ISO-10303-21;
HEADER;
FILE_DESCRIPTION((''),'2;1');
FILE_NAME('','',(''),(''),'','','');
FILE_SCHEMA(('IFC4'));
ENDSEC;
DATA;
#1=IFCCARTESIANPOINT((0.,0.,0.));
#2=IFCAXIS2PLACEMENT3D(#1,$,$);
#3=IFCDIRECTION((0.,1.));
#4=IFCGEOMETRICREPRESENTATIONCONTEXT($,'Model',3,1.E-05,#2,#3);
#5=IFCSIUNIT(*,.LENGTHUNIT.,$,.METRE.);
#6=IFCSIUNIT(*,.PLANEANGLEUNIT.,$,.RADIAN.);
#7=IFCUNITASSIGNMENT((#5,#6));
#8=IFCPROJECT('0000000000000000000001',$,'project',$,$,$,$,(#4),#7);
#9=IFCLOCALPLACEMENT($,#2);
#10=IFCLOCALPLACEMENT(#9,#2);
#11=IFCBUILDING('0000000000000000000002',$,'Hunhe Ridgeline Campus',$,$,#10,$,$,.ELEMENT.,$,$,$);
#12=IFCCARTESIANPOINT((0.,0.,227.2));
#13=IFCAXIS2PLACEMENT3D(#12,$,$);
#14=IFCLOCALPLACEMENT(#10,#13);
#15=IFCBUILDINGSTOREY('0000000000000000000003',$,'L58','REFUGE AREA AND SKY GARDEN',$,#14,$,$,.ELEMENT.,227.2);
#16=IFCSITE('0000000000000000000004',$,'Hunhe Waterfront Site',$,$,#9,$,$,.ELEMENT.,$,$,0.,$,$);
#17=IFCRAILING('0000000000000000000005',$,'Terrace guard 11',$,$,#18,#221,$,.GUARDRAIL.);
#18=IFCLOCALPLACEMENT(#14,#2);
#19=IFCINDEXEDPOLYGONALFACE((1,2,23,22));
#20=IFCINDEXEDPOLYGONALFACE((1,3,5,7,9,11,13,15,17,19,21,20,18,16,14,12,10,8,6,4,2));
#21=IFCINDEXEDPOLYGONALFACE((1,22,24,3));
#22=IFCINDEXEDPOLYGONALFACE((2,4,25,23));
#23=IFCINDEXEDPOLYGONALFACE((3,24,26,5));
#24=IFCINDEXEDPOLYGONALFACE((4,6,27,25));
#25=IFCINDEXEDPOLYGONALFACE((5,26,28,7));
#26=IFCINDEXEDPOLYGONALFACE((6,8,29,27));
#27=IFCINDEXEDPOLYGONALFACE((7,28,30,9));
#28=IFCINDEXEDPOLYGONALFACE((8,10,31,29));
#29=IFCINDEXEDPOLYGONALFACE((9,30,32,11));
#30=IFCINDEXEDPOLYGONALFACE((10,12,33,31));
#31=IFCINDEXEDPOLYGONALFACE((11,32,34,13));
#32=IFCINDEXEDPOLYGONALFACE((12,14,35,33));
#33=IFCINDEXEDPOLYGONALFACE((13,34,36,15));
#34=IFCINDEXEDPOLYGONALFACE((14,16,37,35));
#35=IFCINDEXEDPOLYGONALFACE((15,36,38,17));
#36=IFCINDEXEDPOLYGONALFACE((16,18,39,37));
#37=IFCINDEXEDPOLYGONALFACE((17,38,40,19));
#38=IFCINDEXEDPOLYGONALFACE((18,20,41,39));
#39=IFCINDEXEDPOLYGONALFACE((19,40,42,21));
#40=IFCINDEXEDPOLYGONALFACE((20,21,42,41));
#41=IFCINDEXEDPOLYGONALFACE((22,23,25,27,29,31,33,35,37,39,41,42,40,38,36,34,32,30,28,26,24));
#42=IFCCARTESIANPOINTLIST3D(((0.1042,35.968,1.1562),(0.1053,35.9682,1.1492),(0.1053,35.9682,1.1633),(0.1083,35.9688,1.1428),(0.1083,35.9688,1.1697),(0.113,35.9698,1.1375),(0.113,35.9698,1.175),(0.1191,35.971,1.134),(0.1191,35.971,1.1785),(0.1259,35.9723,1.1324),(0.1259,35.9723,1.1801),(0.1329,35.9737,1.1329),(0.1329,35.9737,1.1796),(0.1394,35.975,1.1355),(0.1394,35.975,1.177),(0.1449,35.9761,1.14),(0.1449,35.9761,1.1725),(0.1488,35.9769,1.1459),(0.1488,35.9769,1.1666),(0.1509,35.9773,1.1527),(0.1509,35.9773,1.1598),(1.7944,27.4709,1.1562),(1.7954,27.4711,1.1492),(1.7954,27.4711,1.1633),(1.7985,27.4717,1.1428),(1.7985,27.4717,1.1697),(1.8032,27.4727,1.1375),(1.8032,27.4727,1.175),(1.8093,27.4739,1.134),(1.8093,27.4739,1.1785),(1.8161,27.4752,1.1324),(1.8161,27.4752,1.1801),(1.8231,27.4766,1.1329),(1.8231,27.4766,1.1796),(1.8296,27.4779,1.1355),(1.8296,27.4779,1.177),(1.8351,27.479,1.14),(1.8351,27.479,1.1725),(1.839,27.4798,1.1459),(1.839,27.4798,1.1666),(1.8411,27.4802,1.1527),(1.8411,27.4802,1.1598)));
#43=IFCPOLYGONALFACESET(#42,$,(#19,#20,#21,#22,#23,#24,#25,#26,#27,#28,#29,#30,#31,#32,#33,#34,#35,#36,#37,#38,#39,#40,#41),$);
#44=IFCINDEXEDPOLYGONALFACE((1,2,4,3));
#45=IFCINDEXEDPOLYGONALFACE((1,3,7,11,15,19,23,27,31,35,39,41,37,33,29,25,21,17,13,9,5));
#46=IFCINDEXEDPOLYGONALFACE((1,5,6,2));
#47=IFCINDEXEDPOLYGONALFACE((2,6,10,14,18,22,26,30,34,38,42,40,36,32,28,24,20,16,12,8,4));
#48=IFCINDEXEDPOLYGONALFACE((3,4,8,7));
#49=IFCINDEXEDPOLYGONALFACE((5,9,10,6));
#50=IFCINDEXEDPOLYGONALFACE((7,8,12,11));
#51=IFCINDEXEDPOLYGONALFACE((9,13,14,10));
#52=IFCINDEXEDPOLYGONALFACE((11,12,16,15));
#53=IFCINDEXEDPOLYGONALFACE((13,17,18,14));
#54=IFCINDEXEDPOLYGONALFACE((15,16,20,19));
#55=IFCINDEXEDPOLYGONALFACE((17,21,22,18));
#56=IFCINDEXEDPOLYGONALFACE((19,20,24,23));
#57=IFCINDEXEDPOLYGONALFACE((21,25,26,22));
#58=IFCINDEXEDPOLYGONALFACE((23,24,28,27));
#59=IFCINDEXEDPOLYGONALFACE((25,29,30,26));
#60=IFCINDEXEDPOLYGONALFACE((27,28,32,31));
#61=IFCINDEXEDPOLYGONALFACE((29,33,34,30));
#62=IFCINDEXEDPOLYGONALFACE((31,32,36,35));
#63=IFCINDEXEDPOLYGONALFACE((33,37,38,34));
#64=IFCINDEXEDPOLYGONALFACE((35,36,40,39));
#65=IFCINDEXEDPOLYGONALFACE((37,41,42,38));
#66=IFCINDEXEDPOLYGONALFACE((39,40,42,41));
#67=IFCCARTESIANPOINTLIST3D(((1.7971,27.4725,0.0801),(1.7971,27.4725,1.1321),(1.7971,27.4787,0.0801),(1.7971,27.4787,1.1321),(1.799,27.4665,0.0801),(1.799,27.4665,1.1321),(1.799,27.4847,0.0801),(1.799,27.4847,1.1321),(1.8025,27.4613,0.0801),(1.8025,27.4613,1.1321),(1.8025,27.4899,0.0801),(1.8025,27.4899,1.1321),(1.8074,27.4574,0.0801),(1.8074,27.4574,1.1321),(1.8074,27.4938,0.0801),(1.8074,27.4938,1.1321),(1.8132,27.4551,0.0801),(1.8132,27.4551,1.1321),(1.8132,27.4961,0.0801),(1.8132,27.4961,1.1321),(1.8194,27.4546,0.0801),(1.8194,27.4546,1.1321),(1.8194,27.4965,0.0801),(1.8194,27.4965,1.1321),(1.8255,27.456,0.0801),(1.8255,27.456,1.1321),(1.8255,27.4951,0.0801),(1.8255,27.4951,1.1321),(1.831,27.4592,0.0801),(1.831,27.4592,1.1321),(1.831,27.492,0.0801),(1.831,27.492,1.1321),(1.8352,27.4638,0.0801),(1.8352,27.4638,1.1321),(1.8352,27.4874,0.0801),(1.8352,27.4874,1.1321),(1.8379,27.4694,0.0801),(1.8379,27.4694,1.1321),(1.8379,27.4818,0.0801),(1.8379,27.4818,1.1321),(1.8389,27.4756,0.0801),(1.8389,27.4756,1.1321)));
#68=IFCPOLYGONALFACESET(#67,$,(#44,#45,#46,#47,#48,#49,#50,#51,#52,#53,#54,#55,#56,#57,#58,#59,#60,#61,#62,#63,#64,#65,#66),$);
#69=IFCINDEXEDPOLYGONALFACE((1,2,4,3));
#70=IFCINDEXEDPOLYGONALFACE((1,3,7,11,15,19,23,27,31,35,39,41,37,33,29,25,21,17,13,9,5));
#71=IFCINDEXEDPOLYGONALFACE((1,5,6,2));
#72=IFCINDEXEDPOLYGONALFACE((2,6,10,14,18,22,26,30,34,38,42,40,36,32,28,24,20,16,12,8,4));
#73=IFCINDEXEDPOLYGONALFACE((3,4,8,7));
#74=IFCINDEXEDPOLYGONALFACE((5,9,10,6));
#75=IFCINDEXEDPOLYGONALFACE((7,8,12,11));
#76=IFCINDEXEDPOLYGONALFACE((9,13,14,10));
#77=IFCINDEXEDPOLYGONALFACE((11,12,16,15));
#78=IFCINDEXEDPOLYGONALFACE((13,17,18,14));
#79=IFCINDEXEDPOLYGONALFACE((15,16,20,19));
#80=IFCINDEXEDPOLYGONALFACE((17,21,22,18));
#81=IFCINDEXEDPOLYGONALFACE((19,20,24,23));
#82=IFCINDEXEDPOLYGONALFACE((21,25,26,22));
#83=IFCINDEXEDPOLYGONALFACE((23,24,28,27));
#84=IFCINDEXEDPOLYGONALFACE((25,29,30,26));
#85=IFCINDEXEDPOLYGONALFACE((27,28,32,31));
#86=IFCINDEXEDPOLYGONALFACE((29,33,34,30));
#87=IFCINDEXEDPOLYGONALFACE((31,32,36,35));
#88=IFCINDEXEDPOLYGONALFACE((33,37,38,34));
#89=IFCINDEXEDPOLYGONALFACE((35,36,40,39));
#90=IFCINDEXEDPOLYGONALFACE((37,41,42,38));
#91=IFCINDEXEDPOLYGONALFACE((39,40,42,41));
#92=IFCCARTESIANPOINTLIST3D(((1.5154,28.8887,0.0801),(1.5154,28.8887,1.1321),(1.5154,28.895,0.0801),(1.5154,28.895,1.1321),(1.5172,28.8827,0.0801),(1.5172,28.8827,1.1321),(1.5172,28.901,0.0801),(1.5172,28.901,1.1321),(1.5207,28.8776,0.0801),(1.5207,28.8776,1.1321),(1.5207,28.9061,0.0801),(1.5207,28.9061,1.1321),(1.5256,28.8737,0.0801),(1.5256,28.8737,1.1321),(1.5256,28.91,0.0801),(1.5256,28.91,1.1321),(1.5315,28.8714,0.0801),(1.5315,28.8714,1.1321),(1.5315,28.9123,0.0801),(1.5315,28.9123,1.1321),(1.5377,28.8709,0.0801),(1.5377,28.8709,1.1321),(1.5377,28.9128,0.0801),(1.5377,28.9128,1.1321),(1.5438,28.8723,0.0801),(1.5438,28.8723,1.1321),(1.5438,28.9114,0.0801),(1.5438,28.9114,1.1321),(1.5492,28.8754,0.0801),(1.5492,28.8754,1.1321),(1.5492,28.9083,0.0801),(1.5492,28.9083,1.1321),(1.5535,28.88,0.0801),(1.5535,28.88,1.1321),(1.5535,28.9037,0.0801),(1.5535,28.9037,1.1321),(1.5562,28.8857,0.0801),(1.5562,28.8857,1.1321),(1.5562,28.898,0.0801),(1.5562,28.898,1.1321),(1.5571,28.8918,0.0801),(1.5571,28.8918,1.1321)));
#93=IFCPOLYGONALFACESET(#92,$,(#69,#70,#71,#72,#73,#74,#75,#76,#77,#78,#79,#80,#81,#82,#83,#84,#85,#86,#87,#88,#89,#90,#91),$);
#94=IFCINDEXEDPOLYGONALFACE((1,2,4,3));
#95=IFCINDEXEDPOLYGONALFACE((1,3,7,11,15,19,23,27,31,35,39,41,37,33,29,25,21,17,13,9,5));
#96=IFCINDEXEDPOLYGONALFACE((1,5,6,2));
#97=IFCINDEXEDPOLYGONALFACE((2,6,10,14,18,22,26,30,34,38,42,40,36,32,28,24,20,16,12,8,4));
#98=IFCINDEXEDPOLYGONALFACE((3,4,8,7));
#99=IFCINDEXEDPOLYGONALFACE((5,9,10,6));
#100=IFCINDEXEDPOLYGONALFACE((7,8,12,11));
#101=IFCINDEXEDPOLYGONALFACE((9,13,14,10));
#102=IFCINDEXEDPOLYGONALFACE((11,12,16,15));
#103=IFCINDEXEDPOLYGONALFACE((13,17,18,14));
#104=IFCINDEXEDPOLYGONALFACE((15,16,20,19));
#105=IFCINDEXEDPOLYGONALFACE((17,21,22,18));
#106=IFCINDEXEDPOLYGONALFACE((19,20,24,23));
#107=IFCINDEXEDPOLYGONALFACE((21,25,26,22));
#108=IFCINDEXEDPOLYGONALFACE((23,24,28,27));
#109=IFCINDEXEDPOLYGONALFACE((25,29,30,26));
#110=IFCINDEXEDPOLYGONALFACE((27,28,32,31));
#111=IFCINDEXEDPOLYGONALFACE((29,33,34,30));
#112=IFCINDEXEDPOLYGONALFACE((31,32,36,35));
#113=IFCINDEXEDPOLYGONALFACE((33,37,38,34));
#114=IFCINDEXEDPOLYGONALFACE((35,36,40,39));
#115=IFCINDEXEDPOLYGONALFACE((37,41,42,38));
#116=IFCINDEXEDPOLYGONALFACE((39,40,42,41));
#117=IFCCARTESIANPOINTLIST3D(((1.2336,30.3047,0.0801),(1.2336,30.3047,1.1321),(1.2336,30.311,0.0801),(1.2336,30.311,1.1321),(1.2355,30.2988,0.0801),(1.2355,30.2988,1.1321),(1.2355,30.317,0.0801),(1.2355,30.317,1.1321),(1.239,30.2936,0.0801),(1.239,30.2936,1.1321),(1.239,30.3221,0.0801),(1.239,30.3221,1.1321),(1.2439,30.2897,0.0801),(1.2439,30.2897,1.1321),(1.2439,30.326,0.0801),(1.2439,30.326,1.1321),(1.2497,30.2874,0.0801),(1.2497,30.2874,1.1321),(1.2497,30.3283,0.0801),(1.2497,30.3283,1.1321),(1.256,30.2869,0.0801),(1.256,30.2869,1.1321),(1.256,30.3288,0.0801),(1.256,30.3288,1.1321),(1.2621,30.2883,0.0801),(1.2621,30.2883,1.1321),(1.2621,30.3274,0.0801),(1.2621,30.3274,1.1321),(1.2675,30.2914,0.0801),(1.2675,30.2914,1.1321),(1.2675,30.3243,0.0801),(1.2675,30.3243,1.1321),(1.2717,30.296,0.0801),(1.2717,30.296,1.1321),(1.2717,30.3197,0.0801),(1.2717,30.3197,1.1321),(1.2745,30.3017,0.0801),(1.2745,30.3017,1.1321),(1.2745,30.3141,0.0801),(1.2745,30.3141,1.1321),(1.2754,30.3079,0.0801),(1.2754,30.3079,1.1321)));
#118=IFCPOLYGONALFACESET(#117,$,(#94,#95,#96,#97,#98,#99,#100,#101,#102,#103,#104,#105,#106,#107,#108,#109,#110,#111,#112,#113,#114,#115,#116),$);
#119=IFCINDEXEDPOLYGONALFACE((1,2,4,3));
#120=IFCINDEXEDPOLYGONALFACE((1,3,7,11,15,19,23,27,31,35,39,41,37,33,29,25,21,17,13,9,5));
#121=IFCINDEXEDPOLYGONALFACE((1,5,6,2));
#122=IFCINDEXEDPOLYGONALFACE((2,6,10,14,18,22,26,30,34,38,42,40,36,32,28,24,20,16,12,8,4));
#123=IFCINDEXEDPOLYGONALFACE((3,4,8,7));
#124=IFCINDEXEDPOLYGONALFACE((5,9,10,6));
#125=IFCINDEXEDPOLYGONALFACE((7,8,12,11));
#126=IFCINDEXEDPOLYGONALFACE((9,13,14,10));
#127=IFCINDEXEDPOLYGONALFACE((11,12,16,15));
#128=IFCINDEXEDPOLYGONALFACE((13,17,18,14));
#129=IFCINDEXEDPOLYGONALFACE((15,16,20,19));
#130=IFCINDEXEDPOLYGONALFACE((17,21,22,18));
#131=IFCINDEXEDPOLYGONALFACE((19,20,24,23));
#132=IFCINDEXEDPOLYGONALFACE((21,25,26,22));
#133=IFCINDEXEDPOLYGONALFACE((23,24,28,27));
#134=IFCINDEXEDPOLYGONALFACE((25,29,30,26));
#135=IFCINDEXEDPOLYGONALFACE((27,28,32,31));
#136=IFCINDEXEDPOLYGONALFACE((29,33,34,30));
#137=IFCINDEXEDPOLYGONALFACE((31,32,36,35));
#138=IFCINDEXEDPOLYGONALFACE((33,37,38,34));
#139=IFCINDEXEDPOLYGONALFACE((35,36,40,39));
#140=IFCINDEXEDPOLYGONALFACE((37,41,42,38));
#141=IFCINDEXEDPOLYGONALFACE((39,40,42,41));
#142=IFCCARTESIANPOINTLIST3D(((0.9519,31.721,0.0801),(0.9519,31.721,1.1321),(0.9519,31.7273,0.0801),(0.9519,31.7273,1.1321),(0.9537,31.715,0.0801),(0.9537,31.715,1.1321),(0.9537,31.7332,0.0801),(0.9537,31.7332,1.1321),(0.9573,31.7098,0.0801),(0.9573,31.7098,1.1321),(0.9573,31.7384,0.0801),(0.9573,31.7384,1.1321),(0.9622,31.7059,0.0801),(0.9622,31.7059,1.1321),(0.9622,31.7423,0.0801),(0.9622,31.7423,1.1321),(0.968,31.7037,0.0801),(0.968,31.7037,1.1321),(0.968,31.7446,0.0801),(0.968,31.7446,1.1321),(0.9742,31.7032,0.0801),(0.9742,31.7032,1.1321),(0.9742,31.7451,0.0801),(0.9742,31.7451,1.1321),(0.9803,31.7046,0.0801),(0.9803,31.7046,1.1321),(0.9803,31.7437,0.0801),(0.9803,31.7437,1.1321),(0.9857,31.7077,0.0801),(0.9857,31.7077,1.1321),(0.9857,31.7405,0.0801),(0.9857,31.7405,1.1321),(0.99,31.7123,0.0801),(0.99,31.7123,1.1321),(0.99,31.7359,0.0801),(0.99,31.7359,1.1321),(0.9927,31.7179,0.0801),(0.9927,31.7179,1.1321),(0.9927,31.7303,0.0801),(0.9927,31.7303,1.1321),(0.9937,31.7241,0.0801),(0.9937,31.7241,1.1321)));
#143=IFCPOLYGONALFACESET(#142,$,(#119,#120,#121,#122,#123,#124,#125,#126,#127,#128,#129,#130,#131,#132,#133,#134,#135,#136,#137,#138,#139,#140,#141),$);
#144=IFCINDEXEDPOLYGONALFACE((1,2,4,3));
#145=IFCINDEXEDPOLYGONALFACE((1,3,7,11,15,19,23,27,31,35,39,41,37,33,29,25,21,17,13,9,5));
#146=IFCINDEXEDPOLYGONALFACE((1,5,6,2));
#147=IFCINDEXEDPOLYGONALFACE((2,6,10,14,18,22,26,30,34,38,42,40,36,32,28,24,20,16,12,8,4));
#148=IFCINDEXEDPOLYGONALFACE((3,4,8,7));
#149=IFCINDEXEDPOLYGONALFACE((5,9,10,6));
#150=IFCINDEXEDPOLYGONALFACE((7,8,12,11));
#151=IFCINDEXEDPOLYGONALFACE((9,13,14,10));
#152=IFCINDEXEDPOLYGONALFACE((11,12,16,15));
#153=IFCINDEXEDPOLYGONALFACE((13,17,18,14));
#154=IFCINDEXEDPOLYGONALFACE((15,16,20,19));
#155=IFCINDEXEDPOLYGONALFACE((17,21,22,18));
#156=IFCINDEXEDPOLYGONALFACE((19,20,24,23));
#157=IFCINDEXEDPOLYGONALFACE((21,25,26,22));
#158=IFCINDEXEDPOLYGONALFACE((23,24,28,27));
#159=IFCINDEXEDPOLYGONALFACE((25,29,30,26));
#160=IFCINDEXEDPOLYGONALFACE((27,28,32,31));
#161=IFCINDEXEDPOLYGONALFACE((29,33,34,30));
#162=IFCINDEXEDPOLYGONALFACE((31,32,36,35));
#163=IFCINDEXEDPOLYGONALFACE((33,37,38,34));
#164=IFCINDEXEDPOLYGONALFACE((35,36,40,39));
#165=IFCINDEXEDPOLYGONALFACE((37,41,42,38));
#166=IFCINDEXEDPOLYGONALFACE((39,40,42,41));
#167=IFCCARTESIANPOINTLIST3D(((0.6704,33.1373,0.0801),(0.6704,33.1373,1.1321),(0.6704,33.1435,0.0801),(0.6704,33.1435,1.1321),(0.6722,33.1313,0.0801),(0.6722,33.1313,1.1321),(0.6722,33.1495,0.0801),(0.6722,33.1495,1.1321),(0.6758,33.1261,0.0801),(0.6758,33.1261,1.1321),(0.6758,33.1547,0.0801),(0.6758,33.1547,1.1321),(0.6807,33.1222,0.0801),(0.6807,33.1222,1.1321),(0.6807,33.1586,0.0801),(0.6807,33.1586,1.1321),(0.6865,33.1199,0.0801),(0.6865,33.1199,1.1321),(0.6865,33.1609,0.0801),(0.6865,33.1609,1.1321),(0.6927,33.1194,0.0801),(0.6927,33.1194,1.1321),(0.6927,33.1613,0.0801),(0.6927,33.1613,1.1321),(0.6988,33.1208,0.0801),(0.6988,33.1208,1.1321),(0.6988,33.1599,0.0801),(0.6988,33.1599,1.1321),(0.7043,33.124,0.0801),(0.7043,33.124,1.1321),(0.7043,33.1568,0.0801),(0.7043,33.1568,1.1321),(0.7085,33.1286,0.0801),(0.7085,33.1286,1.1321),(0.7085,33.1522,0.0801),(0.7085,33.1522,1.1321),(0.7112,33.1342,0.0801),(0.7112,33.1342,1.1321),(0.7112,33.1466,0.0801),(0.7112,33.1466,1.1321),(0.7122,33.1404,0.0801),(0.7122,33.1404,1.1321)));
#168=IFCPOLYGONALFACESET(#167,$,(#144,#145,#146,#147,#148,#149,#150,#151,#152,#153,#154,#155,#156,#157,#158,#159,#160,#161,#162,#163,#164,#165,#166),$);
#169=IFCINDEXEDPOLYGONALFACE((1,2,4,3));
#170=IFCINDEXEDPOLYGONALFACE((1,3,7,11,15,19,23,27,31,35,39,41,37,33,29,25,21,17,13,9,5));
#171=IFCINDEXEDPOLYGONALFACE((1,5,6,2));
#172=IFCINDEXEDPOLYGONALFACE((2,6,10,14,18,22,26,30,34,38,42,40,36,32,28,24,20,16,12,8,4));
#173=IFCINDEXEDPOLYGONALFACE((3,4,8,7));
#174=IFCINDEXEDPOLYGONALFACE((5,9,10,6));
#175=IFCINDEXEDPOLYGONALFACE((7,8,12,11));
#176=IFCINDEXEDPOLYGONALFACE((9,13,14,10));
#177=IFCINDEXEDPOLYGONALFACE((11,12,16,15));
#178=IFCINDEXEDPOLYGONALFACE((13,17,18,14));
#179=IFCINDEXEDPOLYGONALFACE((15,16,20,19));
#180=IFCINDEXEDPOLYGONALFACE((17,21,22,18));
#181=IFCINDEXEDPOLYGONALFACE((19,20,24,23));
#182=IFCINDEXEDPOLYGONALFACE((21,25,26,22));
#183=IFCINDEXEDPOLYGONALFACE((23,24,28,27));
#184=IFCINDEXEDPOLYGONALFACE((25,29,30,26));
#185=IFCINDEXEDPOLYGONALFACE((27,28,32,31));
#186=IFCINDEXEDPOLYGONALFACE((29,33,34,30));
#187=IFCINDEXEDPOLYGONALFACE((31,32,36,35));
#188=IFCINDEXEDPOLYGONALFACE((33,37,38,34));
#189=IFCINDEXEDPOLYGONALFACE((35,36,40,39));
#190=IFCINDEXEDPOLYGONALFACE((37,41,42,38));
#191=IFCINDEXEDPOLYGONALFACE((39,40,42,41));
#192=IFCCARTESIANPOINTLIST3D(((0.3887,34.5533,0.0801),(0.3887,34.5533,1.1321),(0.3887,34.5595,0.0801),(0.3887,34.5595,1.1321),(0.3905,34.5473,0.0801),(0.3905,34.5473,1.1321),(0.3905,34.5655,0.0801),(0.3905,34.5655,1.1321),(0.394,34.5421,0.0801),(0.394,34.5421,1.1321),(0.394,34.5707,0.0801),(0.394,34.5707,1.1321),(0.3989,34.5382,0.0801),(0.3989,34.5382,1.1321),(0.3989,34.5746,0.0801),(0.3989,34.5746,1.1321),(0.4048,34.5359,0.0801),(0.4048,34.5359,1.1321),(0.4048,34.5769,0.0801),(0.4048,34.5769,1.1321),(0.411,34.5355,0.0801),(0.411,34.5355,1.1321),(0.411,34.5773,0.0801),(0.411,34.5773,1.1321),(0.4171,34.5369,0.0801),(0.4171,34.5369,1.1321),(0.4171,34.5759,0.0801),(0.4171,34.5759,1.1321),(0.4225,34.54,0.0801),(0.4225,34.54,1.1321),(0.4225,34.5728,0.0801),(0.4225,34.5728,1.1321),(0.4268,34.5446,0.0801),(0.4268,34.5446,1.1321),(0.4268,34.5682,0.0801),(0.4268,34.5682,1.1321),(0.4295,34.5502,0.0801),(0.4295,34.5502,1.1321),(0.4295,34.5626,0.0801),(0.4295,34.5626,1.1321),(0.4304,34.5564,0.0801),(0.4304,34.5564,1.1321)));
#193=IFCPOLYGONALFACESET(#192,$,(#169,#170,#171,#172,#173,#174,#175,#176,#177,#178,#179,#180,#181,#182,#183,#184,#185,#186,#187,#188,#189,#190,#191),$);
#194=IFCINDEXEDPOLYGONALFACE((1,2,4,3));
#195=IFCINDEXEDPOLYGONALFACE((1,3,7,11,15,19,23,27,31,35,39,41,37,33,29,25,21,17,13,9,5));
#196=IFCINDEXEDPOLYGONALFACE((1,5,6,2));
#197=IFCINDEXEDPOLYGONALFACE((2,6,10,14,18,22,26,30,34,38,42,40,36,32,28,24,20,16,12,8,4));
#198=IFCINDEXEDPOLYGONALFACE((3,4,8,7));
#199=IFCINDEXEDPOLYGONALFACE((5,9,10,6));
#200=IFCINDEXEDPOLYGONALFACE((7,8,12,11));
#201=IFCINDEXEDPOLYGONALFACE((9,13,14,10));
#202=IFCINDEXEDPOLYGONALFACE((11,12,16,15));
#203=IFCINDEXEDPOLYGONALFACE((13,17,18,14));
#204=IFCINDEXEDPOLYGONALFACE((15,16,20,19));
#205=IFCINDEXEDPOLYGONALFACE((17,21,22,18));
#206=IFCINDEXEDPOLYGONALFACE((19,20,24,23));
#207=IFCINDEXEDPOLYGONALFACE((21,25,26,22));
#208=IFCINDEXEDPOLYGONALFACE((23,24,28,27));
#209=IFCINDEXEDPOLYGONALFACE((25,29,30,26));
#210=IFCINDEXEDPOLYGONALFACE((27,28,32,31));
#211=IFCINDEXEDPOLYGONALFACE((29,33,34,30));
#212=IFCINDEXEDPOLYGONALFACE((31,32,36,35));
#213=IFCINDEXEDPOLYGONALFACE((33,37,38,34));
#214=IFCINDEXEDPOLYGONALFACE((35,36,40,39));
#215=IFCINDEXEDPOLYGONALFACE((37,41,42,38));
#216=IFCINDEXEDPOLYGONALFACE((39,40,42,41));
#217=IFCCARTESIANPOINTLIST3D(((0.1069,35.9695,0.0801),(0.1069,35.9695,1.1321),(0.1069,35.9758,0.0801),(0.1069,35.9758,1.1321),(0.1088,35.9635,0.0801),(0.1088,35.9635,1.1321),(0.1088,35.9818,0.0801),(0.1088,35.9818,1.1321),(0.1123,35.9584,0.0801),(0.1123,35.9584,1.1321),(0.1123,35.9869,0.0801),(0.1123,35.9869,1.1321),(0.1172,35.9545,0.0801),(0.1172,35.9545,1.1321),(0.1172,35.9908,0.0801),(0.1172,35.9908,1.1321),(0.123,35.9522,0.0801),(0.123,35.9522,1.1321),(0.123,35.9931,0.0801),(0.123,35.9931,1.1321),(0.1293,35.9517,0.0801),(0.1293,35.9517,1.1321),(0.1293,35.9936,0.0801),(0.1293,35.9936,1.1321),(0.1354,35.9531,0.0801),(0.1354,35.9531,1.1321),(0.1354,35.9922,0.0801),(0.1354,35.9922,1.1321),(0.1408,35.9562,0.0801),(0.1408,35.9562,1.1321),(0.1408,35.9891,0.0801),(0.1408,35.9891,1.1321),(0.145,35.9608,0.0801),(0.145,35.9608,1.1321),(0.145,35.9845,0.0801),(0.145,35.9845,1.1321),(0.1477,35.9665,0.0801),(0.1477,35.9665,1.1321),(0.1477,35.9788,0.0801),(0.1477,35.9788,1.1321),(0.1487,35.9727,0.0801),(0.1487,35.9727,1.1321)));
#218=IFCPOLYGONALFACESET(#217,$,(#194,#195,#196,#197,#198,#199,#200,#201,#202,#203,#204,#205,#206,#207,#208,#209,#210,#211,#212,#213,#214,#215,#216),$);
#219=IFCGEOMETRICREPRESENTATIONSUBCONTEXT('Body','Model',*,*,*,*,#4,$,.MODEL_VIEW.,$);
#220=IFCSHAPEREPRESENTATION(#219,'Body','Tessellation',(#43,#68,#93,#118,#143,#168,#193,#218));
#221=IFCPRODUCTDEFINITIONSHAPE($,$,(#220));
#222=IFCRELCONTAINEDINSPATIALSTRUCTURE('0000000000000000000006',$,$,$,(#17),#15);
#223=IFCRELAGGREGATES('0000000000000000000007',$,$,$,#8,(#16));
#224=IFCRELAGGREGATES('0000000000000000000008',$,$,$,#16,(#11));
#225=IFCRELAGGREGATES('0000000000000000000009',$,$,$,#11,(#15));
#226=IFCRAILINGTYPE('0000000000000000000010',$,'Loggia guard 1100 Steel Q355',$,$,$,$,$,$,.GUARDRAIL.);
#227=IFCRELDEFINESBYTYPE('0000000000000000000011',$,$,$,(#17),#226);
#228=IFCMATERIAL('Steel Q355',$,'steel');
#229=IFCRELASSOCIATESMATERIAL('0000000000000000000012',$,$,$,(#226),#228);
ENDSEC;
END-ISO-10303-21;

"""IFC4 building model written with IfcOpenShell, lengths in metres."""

from ifc_helpers import new_model, si_unit, direction, frame, origin, origin_2d, place, context, subcontext, project, spatial, circle, extrude, material, type_object, element, save


model = new_model("IFC4")

# Units and contexts
model_context = context("Model", 3, precision=1e-05, world=origin(), true_north=direction((0.0, 1.0)))
body_context = subcontext(model_context, "Body", "Model", "MODEL_VIEW")
ifc_project = project(units=[si_unit("LENGTHUNIT", "METRE"), si_unit("PLANEANGLEUNIT", "RADIAN")], contexts=[model_context])

# Site, building, storey
site_placement = place(None, origin())
site = spatial("IfcSite", under=ifc_project, at=site_placement, Name="Hunhe Waterfront Site", CompositionType="ELEMENT", RefElevation=0.0)
building_placement = place(site_placement, origin())
building = spatial("IfcBuilding", under=site, at=building_placement, Name="Hunhe Ridgeline Campus", CompositionType="ELEMENT")
storey_placement = place(building_placement, frame((0.0, 0.0, 227.2)))
storey = spatial("IfcBuildingStorey", under=building, at=storey_placement, Name="L58", Description="REFUGE AREA AND SKY GARDEN", CompositionType="ELEMENT", Elevation=227.2)

# Railing
ifc_material_1 = material(Name="Steel Q355", Category="steel")
railing_type = type_object("IfcRailingType", Name="Loggia guard 1100 Steel Q355", PredefinedType="GUARDRAIL", material=ifc_material_1)
railing_1_placement = place(storey_placement, frame((1.8179, 27.4756, 0.0801)))
element("IfcRailing", 1, at=railing_1_placement, inside=storey, type_object=railing_type, Name="Terrace guard 11", PredefinedType="GUARDRAIL", context=body_context, shape_type="SweptSolid", body=[
    extrude(circle(Radius=0.0239, at=origin_2d()), frame((0.0, 0.0, 1.0762), z_axis=(-0.195092, 0.980785, 0.0), x_axis=(-0.980785, -0.195092, 0.0)), (0.0, 0.0, 1.0), 8.6636),
    extrude(circle(Radius=0.021, at=origin_2d()), origin(), (0.0, 0.0, 1.0), 1.052),
    extrude(circle(Radius=0.021, at=origin_2d()), frame((-0.2817, 1.4163, 0.0)), (0.0, 0.0, 1.0), 1.052),
    extrude(circle(Radius=0.021, at=origin_2d()), frame((-0.5635, 2.8323, 0.0)), (0.0, 0.0, 1.0), 1.052),
    extrude(circle(Radius=0.021, at=origin_2d()), frame((-0.8452, 4.2485, 0.0)), (0.0, 0.0, 1.0), 1.052),
    extrude(circle(Radius=0.021, at=origin_2d()), frame((-1.1267, 5.6648, 0.0)), (0.0, 0.0, 1.0), 1.052),
    extrude(circle(Radius=0.021, at=origin_2d()), frame((-1.4084, 7.0808, 0.0)), (0.0, 0.0, 1.0), 1.052),
    extrude(circle(Radius=0.021, at=origin_2d()), frame((-1.6902, 8.4971, 0.0)), (0.0, 0.0, 1.0), 1.052),
])

save(model, "model.ifc")
